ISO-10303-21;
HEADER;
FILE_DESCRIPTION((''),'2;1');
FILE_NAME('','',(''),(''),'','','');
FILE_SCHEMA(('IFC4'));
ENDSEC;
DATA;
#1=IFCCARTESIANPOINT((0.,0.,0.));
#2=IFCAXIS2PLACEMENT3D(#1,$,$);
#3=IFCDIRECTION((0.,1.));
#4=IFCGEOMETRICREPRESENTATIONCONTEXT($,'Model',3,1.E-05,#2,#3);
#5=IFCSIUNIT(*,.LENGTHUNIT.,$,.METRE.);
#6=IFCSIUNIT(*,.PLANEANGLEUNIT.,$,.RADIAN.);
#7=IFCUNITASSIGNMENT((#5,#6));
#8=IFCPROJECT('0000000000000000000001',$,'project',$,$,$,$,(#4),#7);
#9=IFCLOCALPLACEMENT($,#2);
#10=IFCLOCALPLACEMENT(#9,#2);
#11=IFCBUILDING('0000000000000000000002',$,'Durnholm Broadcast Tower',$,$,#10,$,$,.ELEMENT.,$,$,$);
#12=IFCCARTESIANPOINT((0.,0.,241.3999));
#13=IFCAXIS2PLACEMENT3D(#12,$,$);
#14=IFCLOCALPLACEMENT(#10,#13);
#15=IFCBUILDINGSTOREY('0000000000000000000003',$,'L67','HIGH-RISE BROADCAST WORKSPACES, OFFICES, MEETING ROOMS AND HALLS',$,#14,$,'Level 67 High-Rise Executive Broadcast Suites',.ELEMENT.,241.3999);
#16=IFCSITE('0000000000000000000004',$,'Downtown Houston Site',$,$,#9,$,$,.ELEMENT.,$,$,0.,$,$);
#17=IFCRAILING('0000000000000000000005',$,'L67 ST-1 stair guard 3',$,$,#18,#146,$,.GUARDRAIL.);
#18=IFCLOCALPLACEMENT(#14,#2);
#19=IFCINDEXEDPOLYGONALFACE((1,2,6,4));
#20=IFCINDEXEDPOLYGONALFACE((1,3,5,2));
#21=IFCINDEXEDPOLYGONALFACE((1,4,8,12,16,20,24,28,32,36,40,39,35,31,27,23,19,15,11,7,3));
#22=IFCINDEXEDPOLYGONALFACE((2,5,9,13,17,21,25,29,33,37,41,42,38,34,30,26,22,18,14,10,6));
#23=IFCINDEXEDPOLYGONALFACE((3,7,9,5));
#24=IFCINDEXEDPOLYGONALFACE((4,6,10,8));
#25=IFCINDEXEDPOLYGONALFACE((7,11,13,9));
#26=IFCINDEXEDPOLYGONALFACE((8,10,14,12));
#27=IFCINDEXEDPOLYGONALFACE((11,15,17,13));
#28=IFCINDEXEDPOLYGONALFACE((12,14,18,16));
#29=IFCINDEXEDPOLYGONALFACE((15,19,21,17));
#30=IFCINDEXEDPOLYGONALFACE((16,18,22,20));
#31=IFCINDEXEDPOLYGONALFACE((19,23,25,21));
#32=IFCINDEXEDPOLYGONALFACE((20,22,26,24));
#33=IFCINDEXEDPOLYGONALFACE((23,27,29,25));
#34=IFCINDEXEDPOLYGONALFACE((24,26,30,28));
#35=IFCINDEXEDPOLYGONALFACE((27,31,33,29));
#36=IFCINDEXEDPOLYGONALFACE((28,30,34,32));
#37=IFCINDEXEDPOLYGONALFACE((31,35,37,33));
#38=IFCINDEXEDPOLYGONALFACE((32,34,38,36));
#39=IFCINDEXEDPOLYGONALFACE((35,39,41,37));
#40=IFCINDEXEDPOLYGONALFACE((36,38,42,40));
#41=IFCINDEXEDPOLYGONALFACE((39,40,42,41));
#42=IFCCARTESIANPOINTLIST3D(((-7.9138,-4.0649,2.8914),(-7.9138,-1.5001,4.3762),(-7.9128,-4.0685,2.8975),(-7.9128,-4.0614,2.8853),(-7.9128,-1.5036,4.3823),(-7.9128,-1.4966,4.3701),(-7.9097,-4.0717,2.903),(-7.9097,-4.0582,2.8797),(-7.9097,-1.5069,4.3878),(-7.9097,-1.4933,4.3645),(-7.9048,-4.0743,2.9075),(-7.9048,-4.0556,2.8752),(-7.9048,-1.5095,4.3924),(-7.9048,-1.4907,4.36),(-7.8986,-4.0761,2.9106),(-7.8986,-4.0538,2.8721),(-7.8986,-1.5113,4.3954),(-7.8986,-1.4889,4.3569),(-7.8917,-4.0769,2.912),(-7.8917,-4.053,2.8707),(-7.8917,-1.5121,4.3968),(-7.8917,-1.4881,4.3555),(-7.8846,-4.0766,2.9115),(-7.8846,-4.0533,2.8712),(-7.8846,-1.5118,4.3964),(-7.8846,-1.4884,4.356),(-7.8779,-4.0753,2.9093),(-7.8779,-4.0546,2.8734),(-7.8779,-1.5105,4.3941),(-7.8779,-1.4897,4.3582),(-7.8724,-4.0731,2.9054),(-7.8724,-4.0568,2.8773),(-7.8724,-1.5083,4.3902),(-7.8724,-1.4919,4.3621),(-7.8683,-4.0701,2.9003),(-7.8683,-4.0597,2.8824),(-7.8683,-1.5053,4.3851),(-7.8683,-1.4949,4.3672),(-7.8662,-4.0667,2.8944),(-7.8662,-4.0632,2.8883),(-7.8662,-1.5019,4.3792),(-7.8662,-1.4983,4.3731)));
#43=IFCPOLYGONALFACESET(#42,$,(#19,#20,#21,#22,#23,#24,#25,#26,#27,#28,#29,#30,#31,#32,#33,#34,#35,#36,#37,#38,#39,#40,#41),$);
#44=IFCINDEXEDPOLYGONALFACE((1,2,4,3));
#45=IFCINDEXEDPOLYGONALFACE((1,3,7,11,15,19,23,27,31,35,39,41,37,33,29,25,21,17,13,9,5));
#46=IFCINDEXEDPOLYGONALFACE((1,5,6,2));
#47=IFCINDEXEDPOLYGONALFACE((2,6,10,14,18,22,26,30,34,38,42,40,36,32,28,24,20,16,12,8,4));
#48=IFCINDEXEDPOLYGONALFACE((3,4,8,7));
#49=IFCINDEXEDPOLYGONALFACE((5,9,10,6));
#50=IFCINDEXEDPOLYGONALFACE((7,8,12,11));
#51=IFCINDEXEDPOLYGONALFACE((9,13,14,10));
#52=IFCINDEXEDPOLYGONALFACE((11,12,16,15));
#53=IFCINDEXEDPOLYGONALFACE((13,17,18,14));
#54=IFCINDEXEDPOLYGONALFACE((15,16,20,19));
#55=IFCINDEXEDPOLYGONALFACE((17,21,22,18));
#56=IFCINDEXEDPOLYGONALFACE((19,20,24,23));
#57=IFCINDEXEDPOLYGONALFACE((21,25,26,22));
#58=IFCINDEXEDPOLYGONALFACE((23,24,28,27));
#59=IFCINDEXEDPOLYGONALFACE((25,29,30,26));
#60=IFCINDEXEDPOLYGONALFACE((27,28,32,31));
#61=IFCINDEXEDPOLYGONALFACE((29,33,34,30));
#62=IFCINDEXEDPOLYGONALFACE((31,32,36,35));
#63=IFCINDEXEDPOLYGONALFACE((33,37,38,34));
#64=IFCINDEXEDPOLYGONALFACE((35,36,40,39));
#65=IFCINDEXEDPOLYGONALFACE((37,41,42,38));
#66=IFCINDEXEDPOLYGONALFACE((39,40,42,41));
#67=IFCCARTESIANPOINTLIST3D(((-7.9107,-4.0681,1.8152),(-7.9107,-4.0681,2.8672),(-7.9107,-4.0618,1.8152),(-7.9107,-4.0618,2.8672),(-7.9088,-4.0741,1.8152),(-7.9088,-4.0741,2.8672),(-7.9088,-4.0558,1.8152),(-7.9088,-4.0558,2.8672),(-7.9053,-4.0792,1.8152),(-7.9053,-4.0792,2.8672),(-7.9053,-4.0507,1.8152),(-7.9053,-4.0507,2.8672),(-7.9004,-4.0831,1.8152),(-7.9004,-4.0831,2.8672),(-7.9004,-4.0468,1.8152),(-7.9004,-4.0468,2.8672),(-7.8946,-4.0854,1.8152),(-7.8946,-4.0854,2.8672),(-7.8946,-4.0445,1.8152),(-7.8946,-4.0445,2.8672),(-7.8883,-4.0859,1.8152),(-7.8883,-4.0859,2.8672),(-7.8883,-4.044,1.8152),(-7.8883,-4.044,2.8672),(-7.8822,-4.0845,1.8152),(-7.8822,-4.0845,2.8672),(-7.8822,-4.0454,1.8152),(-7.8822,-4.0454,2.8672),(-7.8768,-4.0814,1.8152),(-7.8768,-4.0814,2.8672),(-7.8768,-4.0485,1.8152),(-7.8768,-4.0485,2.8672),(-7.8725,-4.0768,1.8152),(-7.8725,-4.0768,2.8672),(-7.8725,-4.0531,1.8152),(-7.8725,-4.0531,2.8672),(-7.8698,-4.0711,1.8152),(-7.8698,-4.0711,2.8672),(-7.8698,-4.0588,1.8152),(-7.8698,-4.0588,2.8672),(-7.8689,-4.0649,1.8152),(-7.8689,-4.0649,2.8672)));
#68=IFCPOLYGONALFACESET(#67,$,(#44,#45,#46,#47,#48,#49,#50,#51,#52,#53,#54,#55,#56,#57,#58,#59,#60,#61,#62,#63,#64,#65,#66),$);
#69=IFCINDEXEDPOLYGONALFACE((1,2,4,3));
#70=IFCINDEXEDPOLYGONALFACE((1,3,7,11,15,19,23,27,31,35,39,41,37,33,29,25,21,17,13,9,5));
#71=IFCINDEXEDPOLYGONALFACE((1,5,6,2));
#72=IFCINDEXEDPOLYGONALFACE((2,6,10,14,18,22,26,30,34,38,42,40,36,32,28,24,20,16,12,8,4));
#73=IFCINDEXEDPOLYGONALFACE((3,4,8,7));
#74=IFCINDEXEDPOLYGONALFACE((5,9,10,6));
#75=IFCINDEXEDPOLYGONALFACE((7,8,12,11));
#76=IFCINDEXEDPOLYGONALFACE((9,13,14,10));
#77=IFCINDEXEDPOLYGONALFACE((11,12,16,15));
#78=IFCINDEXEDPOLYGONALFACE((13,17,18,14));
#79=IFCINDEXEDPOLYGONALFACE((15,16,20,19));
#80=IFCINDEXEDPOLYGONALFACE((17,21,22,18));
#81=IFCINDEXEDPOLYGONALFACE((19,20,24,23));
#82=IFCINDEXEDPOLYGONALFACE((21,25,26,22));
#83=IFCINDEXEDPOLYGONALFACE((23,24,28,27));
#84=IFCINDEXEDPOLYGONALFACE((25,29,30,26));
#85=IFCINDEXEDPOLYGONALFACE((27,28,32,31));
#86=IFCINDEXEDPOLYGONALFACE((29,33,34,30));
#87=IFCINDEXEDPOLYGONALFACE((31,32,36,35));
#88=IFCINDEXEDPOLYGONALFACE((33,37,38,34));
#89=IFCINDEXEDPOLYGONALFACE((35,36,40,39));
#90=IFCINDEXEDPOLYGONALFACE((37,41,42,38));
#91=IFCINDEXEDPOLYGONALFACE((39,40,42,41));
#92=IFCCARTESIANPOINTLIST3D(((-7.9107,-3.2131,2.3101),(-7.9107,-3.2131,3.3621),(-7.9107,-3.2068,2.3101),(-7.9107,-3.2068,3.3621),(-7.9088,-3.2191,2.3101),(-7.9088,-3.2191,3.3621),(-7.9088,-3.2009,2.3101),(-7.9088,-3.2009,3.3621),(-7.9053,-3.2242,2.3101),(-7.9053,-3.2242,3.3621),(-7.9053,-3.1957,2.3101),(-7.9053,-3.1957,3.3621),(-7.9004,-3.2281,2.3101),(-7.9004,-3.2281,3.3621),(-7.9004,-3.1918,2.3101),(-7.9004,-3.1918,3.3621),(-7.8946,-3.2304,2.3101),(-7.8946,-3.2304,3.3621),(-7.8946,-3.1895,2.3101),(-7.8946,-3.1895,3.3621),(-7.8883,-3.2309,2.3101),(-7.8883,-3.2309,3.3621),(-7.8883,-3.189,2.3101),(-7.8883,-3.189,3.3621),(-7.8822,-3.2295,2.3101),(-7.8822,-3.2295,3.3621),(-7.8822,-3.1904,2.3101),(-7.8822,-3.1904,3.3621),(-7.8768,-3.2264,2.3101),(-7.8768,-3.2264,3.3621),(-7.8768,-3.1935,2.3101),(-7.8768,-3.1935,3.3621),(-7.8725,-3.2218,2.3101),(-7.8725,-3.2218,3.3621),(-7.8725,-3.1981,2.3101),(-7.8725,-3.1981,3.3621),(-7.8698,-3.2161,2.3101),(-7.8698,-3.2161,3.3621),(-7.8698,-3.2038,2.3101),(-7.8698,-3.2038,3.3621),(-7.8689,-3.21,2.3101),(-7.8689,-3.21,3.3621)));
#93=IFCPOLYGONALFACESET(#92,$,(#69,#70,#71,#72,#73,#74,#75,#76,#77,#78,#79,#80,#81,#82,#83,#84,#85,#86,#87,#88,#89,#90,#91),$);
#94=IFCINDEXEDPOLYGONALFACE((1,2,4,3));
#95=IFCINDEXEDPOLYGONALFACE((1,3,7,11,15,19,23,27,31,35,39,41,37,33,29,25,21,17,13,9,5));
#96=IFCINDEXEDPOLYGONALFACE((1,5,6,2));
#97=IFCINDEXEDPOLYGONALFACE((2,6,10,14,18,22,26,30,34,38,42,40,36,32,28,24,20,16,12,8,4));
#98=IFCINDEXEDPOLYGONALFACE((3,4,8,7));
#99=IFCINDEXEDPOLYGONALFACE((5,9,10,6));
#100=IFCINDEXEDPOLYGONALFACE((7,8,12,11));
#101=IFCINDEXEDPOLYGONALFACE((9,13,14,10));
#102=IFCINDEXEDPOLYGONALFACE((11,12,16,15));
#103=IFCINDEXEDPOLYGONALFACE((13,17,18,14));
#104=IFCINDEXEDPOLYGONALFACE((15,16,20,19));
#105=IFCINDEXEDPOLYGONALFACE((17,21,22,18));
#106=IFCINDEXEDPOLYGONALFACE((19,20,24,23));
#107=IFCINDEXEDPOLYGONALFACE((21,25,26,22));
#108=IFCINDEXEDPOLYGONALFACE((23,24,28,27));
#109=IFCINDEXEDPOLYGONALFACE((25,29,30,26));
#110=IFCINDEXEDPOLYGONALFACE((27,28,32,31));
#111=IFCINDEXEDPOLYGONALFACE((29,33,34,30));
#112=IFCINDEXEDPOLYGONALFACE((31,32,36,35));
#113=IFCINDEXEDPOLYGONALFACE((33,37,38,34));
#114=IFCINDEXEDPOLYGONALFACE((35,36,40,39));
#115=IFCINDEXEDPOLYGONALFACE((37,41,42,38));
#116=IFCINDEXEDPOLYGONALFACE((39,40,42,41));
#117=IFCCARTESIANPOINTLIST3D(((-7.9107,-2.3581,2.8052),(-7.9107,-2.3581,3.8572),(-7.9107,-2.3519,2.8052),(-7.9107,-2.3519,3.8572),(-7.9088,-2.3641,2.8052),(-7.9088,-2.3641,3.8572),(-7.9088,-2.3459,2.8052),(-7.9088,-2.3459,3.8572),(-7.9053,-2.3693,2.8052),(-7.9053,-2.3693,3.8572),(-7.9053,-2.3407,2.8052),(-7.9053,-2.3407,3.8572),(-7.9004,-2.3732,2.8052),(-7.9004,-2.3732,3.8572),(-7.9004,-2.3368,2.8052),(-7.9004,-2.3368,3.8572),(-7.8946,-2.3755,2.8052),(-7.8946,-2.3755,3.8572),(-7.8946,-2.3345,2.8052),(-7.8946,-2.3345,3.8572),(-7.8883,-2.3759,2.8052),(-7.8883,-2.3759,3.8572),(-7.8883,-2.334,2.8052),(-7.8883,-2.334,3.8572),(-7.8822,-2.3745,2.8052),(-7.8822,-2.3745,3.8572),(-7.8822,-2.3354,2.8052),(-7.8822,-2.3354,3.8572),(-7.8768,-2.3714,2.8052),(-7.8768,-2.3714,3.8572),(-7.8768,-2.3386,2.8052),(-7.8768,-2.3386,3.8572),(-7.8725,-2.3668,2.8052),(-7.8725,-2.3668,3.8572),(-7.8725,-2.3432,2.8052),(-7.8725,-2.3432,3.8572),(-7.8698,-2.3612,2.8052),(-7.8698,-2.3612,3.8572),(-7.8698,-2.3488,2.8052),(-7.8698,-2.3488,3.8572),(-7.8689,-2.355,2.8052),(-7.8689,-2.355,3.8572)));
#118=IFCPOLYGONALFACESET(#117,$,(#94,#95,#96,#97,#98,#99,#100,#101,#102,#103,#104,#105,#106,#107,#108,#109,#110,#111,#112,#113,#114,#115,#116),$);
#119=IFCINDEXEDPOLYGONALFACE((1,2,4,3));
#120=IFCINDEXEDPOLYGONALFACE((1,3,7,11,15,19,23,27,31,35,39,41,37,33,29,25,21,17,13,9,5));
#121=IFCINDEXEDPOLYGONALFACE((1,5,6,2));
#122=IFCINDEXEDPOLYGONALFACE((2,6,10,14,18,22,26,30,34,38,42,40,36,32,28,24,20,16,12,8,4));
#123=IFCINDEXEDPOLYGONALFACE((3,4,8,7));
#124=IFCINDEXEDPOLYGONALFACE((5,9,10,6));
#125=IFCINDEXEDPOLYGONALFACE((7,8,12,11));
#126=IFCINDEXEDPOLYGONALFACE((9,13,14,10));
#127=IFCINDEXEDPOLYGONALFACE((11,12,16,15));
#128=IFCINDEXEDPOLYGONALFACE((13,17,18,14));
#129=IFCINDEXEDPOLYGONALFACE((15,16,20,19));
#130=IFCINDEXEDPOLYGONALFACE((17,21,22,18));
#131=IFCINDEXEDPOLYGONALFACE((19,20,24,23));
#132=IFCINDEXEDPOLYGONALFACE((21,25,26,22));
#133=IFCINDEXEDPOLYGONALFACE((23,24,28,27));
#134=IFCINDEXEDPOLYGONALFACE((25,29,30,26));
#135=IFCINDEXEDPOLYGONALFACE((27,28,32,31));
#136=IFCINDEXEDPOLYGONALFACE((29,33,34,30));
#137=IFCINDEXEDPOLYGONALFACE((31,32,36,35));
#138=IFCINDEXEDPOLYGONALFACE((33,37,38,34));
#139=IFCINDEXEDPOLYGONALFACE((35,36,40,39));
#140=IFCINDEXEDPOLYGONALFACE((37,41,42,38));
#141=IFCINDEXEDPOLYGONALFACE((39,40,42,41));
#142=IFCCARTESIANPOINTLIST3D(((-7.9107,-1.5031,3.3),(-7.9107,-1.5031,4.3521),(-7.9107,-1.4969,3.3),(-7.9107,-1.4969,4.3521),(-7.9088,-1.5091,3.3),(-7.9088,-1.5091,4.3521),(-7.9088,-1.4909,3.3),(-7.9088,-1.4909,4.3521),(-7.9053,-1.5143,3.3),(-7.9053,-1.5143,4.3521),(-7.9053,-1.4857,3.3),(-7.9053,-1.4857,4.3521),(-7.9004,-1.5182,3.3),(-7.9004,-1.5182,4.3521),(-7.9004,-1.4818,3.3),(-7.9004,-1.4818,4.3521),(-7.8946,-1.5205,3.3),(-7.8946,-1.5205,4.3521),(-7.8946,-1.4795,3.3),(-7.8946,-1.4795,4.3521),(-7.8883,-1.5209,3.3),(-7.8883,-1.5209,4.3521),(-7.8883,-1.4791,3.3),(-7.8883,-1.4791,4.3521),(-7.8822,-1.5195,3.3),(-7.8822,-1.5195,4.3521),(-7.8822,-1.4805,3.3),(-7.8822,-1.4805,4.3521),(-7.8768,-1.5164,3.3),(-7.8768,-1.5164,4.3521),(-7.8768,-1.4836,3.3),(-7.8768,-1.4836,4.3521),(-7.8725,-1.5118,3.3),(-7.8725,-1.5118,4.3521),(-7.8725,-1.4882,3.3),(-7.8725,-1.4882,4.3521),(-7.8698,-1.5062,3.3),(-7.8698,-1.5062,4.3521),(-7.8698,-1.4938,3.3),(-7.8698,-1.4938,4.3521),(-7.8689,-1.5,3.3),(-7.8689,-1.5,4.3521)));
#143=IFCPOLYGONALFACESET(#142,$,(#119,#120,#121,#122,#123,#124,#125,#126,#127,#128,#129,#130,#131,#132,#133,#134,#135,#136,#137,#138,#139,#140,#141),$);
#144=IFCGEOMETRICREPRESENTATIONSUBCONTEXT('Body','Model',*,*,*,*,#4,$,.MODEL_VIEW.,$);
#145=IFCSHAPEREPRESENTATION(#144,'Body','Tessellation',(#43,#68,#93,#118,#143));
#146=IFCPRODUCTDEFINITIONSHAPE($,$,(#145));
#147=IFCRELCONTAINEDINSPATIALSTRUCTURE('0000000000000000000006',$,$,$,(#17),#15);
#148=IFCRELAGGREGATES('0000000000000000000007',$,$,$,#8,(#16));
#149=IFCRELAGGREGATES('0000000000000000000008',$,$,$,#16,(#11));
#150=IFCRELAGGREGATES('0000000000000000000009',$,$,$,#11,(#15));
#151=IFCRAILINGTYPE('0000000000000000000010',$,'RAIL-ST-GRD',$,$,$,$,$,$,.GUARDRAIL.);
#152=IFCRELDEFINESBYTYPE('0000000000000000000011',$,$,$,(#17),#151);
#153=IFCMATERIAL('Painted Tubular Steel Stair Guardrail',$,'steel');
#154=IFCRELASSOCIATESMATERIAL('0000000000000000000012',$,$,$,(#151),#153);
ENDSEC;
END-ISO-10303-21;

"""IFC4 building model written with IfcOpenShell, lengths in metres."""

from ifc_helpers import new_model, si_unit, direction, frame, origin, origin_2d, place, context, subcontext, project, spatial, circle, extrude, material, type_object, element, save


model = new_model("IFC4")

# Units and contexts
model_context = context("Model", 3, precision=1e-05, world=origin(), true_north=direction((0.0, 1.0)))
body_context = subcontext(model_context, "Body", "Model", "MODEL_VIEW")
ifc_project = project(units=[si_unit("LENGTHUNIT", "METRE"), si_unit("PLANEANGLEUNIT", "RADIAN")], contexts=[model_context])

# Site, building, storey
site_placement = place(None, origin())
site = spatial("IfcSite", under=ifc_project, at=site_placement, Name="Downtown Houston Site", CompositionType="ELEMENT", RefElevation=0.0)
building_placement = place(site_placement, origin())
building = spatial("IfcBuilding", under=site, at=building_placement, Name="Durnholm Broadcast Tower", CompositionType="ELEMENT")
storey_placement = place(building_placement, frame((0.0, 0.0, 241.3999)))
storey = spatial("IfcBuildingStorey", under=building, at=storey_placement, Name="L67", Description="HIGH-RISE BROADCAST WORKSPACES, OFFICES, MEETING ROOMS AND HALLS", LongName="Level 67 High-Rise Executive Broadcast Suites", CompositionType="ELEMENT", Elevation=241.3999)

# Railing
ifc_material_1 = material(Name="Painted Tubular Steel Stair Guardrail", Category="steel")
railing_type_1 = type_object("IfcRailingType", Name="RAIL-ST-GRD", PredefinedType="GUARDRAIL", material=ifc_material_1)
railing_1_placement = place(storey_placement, frame((-7.8899, -4.0649, 1.8152)))
element("IfcRailing", 1, at=railing_1_placement, inside=storey, type_object=railing_type_1, Name="L67 ST-1 stair guard 3", PredefinedType="GUARDRAIL", context=body_context, shape_type="SweptSolid", body=[
    extrude(circle(Radius=0.0239, at=origin_2d()), frame((0.0, 0.0, 1.0762), z_axis=(0.0, 0.865441, 0.50101), x_axis=(-1.0, 0.0, 0.0)), (0.0, 0.0, 1.0), 2.9636),
    extrude(circle(Radius=0.021, at=origin_2d()), origin(), (0.0, 0.0, 1.0), 1.052),
    extrude(circle(Radius=0.021, at=origin_2d()), frame((0.0, 0.855, 0.4949)), (0.0, 0.0, 1.0), 1.052),
    extrude(circle(Radius=0.021, at=origin_2d()), frame((0.0, 1.71, 0.99)), (0.0, 0.0, 1.0), 1.052),
    extrude(circle(Radius=0.021, at=origin_2d()), frame((0.0, 2.5649, 1.4849)), (0.0, 0.0, 1.0), 1.052),
])

save(model, "model.ifc")
